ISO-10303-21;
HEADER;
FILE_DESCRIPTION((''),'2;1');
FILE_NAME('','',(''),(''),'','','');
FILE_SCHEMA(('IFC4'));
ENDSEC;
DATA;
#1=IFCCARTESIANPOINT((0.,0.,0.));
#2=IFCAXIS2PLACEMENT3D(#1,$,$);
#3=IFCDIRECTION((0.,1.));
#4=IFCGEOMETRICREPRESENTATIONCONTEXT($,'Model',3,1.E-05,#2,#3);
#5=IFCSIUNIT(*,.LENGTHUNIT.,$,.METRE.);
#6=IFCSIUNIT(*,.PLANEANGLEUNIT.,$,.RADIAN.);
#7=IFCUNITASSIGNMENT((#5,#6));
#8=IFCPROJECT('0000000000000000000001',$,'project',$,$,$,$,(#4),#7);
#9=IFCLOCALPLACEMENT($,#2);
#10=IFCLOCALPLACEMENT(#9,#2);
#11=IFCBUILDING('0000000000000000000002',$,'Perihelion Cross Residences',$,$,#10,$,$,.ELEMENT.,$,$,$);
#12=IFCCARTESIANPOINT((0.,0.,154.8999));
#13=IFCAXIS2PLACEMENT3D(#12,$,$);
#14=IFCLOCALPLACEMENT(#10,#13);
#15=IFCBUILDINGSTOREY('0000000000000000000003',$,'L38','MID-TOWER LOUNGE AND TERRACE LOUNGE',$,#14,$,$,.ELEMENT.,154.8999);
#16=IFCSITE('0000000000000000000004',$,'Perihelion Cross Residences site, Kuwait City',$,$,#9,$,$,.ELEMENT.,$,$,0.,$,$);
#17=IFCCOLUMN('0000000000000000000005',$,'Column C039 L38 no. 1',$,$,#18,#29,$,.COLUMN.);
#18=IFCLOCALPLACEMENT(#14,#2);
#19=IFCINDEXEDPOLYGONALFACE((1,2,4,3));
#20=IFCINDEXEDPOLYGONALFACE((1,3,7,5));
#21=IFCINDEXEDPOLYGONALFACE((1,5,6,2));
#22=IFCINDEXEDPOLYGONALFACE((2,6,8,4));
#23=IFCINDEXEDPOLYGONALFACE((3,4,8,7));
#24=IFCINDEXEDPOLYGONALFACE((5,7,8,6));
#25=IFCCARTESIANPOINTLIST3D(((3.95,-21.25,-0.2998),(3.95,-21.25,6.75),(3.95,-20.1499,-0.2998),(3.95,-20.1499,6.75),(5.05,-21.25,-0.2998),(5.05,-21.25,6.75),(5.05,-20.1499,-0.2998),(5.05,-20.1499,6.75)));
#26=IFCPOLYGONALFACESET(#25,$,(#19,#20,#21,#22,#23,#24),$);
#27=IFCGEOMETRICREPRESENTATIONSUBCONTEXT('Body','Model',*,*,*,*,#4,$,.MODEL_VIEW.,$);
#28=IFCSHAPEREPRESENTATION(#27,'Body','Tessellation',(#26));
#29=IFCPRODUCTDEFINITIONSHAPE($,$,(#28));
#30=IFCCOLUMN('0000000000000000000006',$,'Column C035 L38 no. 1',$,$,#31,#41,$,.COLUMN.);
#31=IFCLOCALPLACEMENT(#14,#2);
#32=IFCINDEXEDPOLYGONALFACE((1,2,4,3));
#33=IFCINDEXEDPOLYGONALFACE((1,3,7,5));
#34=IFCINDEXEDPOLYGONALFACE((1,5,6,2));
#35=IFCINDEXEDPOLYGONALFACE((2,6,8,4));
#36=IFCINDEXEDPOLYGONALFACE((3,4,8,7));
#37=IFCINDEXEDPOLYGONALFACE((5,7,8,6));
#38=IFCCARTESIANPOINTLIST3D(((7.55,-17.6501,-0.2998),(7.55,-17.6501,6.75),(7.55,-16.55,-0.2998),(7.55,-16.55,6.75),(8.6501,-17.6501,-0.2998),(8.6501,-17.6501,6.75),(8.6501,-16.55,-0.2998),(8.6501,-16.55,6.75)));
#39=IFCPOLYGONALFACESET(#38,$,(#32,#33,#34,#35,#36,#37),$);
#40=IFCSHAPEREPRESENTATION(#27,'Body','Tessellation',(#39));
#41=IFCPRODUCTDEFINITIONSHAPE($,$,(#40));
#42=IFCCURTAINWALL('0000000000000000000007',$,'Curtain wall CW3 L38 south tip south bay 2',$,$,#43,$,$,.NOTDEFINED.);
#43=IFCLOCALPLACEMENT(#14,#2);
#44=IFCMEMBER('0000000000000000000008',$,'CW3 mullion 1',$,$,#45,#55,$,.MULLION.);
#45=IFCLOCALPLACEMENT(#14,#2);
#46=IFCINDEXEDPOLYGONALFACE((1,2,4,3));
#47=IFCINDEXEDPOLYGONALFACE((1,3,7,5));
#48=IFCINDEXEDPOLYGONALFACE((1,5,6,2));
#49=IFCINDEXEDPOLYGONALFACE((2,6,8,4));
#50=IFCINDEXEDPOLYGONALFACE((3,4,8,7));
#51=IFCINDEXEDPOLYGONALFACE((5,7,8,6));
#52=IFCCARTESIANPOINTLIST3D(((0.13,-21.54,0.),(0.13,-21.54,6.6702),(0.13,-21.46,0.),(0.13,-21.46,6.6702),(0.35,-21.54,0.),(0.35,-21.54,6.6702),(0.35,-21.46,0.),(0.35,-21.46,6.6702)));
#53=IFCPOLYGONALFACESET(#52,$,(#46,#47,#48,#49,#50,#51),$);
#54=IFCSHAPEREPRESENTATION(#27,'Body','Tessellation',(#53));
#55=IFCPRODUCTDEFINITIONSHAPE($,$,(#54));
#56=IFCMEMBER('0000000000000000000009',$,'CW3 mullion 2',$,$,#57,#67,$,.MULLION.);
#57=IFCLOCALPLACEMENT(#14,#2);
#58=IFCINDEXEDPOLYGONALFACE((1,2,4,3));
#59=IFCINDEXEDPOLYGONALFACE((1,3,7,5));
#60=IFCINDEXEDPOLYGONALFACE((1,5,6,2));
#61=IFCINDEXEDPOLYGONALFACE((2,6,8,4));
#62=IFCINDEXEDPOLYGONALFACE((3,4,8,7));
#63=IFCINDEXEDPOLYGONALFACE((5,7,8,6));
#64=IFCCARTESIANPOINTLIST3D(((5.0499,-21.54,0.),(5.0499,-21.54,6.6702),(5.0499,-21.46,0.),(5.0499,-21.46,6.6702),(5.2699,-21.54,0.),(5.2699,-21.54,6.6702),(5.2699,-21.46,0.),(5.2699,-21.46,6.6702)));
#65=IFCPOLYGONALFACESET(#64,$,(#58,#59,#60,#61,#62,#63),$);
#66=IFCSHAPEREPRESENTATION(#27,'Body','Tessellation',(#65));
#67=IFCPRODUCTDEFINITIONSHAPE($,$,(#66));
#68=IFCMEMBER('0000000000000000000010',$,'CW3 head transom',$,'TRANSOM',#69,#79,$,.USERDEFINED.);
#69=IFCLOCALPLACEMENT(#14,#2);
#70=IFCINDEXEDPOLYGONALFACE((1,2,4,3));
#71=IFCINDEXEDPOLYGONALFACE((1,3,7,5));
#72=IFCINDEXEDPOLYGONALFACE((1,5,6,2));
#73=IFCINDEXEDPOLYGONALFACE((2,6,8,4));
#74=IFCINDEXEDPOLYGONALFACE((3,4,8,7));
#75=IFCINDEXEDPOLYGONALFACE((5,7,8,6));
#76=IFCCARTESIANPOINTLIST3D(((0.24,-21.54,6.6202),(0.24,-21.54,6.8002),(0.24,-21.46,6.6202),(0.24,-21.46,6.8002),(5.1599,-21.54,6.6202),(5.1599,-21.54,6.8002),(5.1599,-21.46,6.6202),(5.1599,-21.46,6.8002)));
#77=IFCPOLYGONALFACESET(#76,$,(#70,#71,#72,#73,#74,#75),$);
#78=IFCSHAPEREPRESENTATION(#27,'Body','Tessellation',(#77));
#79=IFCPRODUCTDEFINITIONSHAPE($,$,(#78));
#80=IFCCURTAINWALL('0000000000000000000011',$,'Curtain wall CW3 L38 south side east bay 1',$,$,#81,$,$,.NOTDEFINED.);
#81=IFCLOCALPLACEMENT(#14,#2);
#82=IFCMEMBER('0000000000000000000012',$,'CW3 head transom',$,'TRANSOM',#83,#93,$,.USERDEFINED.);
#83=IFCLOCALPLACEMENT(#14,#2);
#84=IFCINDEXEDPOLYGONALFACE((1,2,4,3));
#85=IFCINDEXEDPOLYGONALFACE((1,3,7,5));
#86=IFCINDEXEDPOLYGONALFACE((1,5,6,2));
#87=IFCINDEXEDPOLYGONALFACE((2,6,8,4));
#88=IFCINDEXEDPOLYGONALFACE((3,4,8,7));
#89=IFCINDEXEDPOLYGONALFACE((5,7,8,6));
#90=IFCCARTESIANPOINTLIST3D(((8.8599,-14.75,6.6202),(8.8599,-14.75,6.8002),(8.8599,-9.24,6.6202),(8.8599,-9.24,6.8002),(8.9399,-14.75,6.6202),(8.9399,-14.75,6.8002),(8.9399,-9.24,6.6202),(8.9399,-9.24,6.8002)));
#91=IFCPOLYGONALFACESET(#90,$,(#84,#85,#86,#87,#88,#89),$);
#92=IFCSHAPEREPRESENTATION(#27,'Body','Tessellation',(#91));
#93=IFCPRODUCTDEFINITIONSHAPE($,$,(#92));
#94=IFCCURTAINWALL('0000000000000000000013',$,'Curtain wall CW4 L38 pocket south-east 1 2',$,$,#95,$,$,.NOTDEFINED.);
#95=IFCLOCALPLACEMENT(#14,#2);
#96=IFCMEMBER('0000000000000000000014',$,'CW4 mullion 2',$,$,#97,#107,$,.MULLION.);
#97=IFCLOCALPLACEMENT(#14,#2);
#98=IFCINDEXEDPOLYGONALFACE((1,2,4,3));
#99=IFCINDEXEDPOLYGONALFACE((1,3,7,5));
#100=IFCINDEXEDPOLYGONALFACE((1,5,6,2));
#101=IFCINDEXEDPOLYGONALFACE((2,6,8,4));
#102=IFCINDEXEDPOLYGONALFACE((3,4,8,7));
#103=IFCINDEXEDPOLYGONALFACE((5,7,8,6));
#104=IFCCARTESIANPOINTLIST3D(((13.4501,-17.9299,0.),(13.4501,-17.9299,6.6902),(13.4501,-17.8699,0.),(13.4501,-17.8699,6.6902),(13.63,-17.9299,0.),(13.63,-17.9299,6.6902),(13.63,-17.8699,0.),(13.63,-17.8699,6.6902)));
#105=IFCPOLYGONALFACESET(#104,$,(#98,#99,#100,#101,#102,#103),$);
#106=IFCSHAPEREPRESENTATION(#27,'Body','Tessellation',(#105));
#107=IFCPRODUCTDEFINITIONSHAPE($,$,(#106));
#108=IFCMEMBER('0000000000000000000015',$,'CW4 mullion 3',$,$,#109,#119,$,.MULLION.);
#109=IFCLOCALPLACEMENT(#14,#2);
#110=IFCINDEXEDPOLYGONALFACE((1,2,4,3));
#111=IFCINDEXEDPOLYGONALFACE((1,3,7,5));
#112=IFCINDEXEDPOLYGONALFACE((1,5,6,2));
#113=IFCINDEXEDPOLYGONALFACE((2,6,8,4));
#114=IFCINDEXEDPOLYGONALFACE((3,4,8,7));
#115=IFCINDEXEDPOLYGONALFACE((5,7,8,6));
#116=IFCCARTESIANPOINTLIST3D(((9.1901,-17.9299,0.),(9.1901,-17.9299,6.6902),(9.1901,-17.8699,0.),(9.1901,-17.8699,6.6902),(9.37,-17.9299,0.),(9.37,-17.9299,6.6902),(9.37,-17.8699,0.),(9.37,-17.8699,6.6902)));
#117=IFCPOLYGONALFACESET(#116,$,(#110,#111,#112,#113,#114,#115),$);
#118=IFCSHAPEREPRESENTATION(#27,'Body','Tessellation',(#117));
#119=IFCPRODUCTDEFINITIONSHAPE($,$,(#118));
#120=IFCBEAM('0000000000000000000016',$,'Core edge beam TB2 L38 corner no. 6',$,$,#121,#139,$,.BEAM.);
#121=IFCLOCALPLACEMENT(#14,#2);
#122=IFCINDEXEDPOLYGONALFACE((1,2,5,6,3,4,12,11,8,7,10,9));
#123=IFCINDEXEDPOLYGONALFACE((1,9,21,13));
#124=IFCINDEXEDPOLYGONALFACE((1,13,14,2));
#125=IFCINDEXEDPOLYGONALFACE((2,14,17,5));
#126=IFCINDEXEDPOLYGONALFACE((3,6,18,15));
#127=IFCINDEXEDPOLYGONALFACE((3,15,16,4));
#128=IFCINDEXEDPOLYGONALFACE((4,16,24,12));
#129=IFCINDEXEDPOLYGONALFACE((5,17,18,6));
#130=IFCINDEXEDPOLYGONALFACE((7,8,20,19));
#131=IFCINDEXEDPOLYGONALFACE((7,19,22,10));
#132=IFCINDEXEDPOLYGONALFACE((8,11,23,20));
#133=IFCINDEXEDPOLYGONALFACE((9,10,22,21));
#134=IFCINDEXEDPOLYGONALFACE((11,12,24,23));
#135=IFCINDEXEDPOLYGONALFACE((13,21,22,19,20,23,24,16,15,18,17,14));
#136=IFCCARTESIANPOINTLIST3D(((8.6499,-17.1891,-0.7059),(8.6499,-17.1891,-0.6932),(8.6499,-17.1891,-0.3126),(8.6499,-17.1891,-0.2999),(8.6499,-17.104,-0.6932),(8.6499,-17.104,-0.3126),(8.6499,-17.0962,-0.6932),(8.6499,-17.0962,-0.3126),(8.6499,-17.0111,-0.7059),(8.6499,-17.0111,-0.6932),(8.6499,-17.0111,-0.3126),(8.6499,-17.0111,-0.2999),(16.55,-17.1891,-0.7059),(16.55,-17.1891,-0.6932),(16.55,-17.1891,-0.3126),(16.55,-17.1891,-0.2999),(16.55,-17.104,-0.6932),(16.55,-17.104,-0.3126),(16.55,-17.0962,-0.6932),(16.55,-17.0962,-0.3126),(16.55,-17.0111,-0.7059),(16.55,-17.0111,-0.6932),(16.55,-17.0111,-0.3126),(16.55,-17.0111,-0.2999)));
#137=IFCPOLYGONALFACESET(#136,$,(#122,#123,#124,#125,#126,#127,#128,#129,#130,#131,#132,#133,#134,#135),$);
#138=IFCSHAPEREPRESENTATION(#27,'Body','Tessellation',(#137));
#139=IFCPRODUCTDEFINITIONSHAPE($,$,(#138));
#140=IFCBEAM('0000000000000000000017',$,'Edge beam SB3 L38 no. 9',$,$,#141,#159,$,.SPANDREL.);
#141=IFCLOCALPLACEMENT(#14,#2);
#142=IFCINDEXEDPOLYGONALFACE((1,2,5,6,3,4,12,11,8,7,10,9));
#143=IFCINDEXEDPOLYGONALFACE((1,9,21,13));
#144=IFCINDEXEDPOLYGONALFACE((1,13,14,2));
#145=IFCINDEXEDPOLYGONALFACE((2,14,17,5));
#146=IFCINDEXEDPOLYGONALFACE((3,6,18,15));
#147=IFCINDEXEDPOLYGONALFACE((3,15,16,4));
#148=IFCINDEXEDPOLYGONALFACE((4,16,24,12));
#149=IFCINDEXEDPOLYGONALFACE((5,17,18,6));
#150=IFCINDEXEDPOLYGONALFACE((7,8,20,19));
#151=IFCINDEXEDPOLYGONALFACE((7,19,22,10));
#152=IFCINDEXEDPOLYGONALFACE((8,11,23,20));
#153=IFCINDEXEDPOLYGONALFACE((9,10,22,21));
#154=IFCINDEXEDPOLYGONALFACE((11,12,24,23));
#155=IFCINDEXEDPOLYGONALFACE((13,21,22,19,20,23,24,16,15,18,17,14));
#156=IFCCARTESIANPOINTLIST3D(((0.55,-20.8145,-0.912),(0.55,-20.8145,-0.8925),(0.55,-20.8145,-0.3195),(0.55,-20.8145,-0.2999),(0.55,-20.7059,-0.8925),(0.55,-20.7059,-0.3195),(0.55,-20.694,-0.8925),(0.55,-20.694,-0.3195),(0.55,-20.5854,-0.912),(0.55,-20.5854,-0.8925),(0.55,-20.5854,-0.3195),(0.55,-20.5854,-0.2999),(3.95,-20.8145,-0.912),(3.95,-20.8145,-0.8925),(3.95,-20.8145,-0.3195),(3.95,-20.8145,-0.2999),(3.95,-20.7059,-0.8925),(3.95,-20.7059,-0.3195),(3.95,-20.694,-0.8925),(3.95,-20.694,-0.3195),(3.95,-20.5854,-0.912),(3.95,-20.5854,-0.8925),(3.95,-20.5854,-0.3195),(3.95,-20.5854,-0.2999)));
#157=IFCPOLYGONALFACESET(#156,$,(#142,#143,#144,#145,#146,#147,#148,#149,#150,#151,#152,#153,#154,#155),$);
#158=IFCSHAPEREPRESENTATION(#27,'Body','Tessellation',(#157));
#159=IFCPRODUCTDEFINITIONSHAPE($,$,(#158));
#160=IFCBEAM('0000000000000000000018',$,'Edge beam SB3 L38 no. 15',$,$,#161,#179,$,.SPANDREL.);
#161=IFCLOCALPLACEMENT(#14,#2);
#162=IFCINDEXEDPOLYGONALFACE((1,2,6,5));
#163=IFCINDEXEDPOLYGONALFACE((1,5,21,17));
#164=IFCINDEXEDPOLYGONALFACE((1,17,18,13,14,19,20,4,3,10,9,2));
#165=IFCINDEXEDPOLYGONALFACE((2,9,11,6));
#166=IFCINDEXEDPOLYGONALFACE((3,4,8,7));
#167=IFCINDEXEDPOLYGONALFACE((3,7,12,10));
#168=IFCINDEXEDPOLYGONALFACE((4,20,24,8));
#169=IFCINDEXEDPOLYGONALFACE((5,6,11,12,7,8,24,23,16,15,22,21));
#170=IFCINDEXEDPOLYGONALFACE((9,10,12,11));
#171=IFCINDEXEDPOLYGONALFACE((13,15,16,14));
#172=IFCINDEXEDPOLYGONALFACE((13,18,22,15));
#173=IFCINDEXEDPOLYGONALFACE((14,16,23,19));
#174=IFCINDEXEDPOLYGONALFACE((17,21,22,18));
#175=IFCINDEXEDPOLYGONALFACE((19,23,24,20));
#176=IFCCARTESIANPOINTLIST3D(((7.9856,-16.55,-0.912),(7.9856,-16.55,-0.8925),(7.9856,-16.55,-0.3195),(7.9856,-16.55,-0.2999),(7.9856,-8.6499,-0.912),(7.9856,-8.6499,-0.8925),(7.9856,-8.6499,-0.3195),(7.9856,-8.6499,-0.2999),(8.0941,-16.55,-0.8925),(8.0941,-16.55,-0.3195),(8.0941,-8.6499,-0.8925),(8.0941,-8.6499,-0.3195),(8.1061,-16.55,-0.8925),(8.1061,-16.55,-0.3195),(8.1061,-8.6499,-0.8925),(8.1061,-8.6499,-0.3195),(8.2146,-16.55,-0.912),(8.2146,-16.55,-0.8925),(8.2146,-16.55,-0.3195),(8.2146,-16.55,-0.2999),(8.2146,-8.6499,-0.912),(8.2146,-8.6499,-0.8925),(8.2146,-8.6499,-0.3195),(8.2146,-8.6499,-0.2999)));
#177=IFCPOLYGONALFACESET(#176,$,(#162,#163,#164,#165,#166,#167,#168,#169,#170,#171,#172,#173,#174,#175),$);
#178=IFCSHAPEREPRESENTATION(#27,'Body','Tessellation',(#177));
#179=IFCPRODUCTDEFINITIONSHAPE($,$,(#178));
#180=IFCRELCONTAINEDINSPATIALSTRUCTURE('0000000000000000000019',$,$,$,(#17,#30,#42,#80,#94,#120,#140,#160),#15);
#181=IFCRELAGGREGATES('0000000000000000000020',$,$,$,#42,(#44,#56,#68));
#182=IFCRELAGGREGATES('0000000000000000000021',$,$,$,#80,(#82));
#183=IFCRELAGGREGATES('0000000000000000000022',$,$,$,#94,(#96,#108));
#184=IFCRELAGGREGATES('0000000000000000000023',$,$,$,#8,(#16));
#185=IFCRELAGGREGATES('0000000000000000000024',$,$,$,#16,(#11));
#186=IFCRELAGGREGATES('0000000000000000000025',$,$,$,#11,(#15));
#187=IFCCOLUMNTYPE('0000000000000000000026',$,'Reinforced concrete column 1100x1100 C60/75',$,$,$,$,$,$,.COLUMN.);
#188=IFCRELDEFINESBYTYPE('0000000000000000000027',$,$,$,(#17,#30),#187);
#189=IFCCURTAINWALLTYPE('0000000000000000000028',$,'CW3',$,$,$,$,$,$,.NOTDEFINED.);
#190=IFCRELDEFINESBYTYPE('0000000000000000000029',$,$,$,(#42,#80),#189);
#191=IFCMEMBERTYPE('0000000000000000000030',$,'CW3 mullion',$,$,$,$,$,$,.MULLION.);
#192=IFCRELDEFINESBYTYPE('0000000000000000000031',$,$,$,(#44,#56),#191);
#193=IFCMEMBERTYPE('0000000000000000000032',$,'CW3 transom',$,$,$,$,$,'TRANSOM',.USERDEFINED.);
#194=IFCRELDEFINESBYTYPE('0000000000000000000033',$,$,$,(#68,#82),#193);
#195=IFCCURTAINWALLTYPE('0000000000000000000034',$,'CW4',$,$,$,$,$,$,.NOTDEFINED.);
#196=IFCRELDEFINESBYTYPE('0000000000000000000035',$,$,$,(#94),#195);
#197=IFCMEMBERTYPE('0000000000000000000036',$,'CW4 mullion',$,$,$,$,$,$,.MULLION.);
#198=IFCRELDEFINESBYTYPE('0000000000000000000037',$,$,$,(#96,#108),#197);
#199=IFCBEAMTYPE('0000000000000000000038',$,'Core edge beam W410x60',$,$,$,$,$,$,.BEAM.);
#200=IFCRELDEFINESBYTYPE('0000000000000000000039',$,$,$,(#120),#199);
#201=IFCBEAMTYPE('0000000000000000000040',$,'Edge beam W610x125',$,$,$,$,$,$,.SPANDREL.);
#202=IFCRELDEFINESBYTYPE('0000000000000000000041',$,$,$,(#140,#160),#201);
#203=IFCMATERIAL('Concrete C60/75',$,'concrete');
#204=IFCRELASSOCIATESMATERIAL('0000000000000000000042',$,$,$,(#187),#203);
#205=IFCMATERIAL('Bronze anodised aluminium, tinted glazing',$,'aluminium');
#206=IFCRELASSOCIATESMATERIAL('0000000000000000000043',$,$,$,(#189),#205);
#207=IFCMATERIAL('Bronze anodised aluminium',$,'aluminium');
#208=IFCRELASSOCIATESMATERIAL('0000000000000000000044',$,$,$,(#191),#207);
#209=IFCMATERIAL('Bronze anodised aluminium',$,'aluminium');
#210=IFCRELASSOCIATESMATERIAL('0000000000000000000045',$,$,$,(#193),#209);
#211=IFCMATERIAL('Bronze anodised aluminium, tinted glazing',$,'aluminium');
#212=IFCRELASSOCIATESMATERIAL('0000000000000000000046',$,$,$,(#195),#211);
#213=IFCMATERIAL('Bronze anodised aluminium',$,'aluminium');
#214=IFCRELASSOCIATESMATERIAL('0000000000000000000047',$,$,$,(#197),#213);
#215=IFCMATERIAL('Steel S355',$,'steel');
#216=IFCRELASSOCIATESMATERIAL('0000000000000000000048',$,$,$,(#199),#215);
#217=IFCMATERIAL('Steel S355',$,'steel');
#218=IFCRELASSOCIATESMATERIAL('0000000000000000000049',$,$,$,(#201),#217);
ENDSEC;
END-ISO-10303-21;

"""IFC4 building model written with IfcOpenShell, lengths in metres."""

from ifc_helpers import new_model, si_unit, direction, frame, origin, origin_2d, place, context, subcontext, project, spatial, rectangle, i_section, extrude, material, material_profile, profile_set, type_object, element, aggregate, save


model = new_model("IFC4")

# Units and contexts
model_context = context("Model", 3, precision=1e-05, world=origin(), true_north=direction((0.0, 1.0)))
body_context = subcontext(model_context, "Body", "Model", "MODEL_VIEW")
ifc_project = project(units=[si_unit("LENGTHUNIT", "METRE"), si_unit("PLANEANGLEUNIT", "RADIAN")], contexts=[model_context])

# Site, building, storey
site_placement = place(None, origin())
site = spatial("IfcSite", under=ifc_project, at=site_placement, Name="Perihelion Cross Residences site, Kuwait City", CompositionType="ELEMENT", RefElevation=0.0)
building_placement = place(site_placement, origin())
building = spatial("IfcBuilding", under=site, at=building_placement, Name="Perihelion Cross Residences", CompositionType="ELEMENT")
storey_placement = place(building_placement, frame((0.0, 0.0, 154.8999)))
storey = spatial("IfcBuildingStorey", under=building, at=storey_placement, Name="L38", Description="MID-TOWER LOUNGE AND TERRACE LOUNGE", CompositionType="ELEMENT", Elevation=154.8999)

# Columns
ifc_material_1 = material(Name="Concrete C60/75", Category="concrete")
ifc_material_profile_1 = material_profile(ifc_material_1, rectangle(XDim=1.1001, YDim=1.1001, at=origin_2d()), Name="RC 1100x1100")
ifc_profile_set_1 = profile_set([ifc_material_profile_1], Name="Concrete C60/75")
column_type = type_object("IfcColumnType", Name="Reinforced concrete column 1100x1100 C60/75", PredefinedType="COLUMN", material=ifc_profile_set_1)
for number, where, z_axis, x_axis, name in (
    (1, (4.5, -20.7, -0.2998), (0.0, 0.0, 1.0), (1.0, 0.0, 0.0), "Column C039 L38 no. 1"),
    (2, (8.1001, -17.1001, -0.2998), (0.0, 0.0, 1.0), (1.0, 0.0, 0.0), "Column C035 L38 no. 1"),
):
    element("IfcColumn", number, at=place(storey_placement, frame(where, z_axis=z_axis, x_axis=x_axis)), inside=storey, type_object=column_type, Name=name, PredefinedType="COLUMN", context=body_context, shape_type="SweptSolid", body=[
        extrude(rectangle(XDim=1.1001, YDim=1.1001, at=origin_2d()), origin(), (0.0, 0.0, 1.0), 7.0498),
    ])

# Curtain wall, members
ifc_material_2 = material(Name="Bronze anodised aluminium, tinted glazing", Category="aluminium")
curtain_wall_type_1 = type_object("IfcCurtainWallType", Name="CW3", PredefinedType="NOTDEFINED", material=ifc_material_2)
curtain_wall_1_placement = place(storey_placement, origin())
curtain_wall_1 = element("IfcCurtainWall", 3, at=curtain_wall_1_placement, inside=storey, type_object=curtain_wall_type_1, Name="Curtain wall CW3 L38 south tip south bay 2", PredefinedType="NOTDEFINED")
ifc_material_3 = material(Name="Bronze anodised aluminium", Category="aluminium")
ifc_material_profile_2 = material_profile(ifc_material_3, rectangle(XDim=0.0801, YDim=0.22, at=origin_2d()), Name="CW3 mullion")
ifc_profile_set_2 = profile_set([ifc_material_profile_2], Name="Bronze anodised aluminium")
member_type_1 = type_object("IfcMemberType", Name="CW3 mullion", PredefinedType="MULLION", material=ifc_profile_set_2)
member_1_placement = place(storey_placement, frame((0.24, -21.5, 0.0), z_axis=(0.0, 0.0, 1.0), x_axis=(0.0, 1.0, 0.0)))
member_1 = element("IfcMember", 4, at=member_1_placement, type_object=member_type_1, Name="CW3 mullion 1", PredefinedType="MULLION", context=body_context, shape_type="SweptSolid", body=[
    extrude(rectangle(XDim=0.0801, YDim=0.22, at=origin_2d()), origin(), (0.0, 0.0, 1.0), 6.6702),
])
member_2_placement = place(storey_placement, frame((5.1599, -21.5, 0.0), z_axis=(0.0, 0.0, 1.0), x_axis=(0.0, 1.0, 0.0)))
member_2 = element("IfcMember", 5, at=member_2_placement, type_object=member_type_1, Name="CW3 mullion 2", PredefinedType="MULLION", context=body_context, shape_type="SweptSolid", body=[
    extrude(rectangle(XDim=0.0801, YDim=0.22, at=origin_2d()), origin(), (0.0, 0.0, 1.0), 6.6702),
])
ifc_material_4 = material(Name="Bronze anodised aluminium", Category="aluminium")
ifc_material_profile_3 = material_profile(ifc_material_4, rectangle(XDim=0.0801, YDim=0.1799, at=origin_2d()), Name="CW3 transom")
ifc_profile_set_3 = profile_set([ifc_material_profile_3], Name="Bronze anodised aluminium")
member_type_2 = type_object("IfcMemberType", Name="CW3 transom", ElementType="TRANSOM", PredefinedType="USERDEFINED", material=ifc_profile_set_3)
member_3_placement = place(storey_placement, frame((0.24, -21.5, 6.7102), z_axis=(1.0, 0.0, 0.0), x_axis=(0.0, 1.0, 0.0)))
member_3 = element("IfcMember", 6, at=member_3_placement, type_object=member_type_2, Name="CW3 head transom", ObjectType="TRANSOM", PredefinedType="USERDEFINED", context=body_context, shape_type="SweptSolid", body=[
    extrude(rectangle(XDim=0.0801, YDim=0.1799, at=origin_2d()), origin(), (0.0, 0.0, 1.0), 4.9199),
])

# Curtain wall, member
curtain_wall_2_placement = place(storey_placement, origin())
curtain_wall_2 = element("IfcCurtainWall", 7, at=curtain_wall_2_placement, inside=storey, type_object=curtain_wall_type_1, Name="Curtain wall CW3 L38 south side east bay 1", PredefinedType="NOTDEFINED")
member_4_placement = place(storey_placement, frame((8.8999, -14.75, 6.7102), z_axis=(0.0, 1.0, 0.0), x_axis=(-1.0, 0.0, 0.0)))
member_4 = element("IfcMember", 8, at=member_4_placement, type_object=member_type_2, Name="CW3 head transom", ObjectType="TRANSOM", PredefinedType="USERDEFINED", context=body_context, shape_type="SweptSolid", body=[
    extrude(rectangle(XDim=0.0801, YDim=0.1799, at=origin_2d()), origin(), (0.0, 0.0, 1.0), 5.51),
])

# Curtain wall, members
ifc_material_5 = material(Name="Bronze anodised aluminium, tinted glazing", Category="aluminium")
curtain_wall_type_2 = type_object("IfcCurtainWallType", Name="CW4", PredefinedType="NOTDEFINED", material=ifc_material_5)
curtain_wall_3_placement = place(storey_placement, origin())
curtain_wall_3 = element("IfcCurtainWall", 9, at=curtain_wall_3_placement, inside=storey, type_object=curtain_wall_type_2, Name="Curtain wall CW4 L38 pocket south-east 1 2", PredefinedType="NOTDEFINED")
ifc_material_6 = material(Name="Bronze anodised aluminium", Category="aluminium")
ifc_material_profile_4 = material_profile(ifc_material_6, rectangle(XDim=0.0601, YDim=0.1799, at=origin_2d()), Name="CW4 mullion")
ifc_profile_set_4 = profile_set([ifc_material_profile_4], Name="Bronze anodised aluminium")
member_type_3 = type_object("IfcMemberType", Name="CW4 mullion", PredefinedType="MULLION", material=ifc_profile_set_4)
member_5_placement = place(storey_placement, frame((13.54, -17.8999, 0.0), z_axis=(0.0, 0.0, 1.0), x_axis=(0.0, -1.0, 0.0)))
member_5 = element("IfcMember", 10, at=member_5_placement, type_object=member_type_3, Name="CW4 mullion 2", PredefinedType="MULLION", context=body_context, shape_type="SweptSolid", body=[
    extrude(rectangle(XDim=0.0601, YDim=0.1799, at=origin_2d()), origin(), (0.0, 0.0, 1.0), 6.6902),
])
member_6_placement = place(storey_placement, frame((9.28, -17.8999, 0.0), z_axis=(0.0, 0.0, 1.0), x_axis=(0.0, -1.0, 0.0)))
member_6 = element("IfcMember", 11, at=member_6_placement, type_object=member_type_3, Name="CW4 mullion 3", PredefinedType="MULLION", context=body_context, shape_type="SweptSolid", body=[
    extrude(rectangle(XDim=0.0601, YDim=0.1799, at=origin_2d()), origin(), (0.0, 0.0, 1.0), 6.6902),
])

# Beams
ifc_material_7 = material(Name="Steel S355", Category="steel")
ifc_material_profile_5 = material_profile(ifc_material_7, i_section(OverallWidth=0.178, OverallDepth=0.406, WebThickness=0.0078, FlangeThickness=0.0127, at=origin_2d()), Name="W410x60")
ifc_profile_set_5 = profile_set([ifc_material_profile_5], Name="Steel S355")
beam_type_1 = type_object("IfcBeamType", Name="Core edge beam W410x60", PredefinedType="BEAM", material=ifc_profile_set_5)
beam_1_placement = place(storey_placement, frame((8.6499, -17.1001, -0.5029), z_axis=(1.0, 0.0, 0.0), x_axis=(0.0, 1.0, 0.0)))
element("IfcBeam", 12, at=beam_1_placement, inside=storey, type_object=beam_type_1, Name="Core edge beam TB2 L38 corner no. 6", PredefinedType="BEAM", context=body_context, shape_type="SweptSolid", body=[
    extrude(i_section(OverallWidth=0.178, OverallDepth=0.406, WebThickness=0.0078, FlangeThickness=0.0127, at=origin_2d()), origin(), (0.0, 0.0, 1.0), 7.9001),
])
ifc_material_8 = material(Name="Steel S355", Category="steel")
ifc_material_profile_6 = material_profile(ifc_material_8, i_section(OverallWidth=0.229, OverallDepth=0.6121, WebThickness=0.012, FlangeThickness=0.0195, at=origin_2d()), Name="W610x125")
ifc_profile_set_6 = profile_set([ifc_material_profile_6], Name="Steel S355")
beam_type_2 = type_object("IfcBeamType", Name="Edge beam W610x125", PredefinedType="SPANDREL", material=ifc_profile_set_6)
beam_2_placement = place(storey_placement, frame((0.55, -20.7, -0.606), z_axis=(1.0, 0.0, 0.0), x_axis=(0.0, 1.0, 0.0)))
element("IfcBeam", 13, at=beam_2_placement, inside=storey, type_object=beam_type_2, Name="Edge beam SB3 L38 no. 9", PredefinedType="SPANDREL", context=body_context, shape_type="SweptSolid", body=[
    extrude(i_section(OverallWidth=0.229, OverallDepth=0.6121, WebThickness=0.012, FlangeThickness=0.0195, at=origin_2d()), origin(), (0.0, 0.0, 1.0), 3.3999),
])
beam_3_placement = place(storey_placement, frame((8.1001, -16.55, -0.606), z_axis=(0.0, 1.0, 0.0), x_axis=(-1.0, 0.0, 0.0)))
element("IfcBeam", 14, at=beam_3_placement, inside=storey, type_object=beam_type_2, Name="Edge beam SB3 L38 no. 15", PredefinedType="SPANDREL", context=body_context, shape_type="SweptSolid", body=[
    extrude(i_section(OverallWidth=0.229, OverallDepth=0.6121, WebThickness=0.012, FlangeThickness=0.0195, at=origin_2d()), origin(), (0.0, 0.0, 1.0), 7.9001),
])

aggregate(curtain_wall_1, [member_1, member_2, member_3])
aggregate(curtain_wall_2, [member_4])
aggregate(curtain_wall_3, [member_5, member_6])

save(model, "model.ifc")
